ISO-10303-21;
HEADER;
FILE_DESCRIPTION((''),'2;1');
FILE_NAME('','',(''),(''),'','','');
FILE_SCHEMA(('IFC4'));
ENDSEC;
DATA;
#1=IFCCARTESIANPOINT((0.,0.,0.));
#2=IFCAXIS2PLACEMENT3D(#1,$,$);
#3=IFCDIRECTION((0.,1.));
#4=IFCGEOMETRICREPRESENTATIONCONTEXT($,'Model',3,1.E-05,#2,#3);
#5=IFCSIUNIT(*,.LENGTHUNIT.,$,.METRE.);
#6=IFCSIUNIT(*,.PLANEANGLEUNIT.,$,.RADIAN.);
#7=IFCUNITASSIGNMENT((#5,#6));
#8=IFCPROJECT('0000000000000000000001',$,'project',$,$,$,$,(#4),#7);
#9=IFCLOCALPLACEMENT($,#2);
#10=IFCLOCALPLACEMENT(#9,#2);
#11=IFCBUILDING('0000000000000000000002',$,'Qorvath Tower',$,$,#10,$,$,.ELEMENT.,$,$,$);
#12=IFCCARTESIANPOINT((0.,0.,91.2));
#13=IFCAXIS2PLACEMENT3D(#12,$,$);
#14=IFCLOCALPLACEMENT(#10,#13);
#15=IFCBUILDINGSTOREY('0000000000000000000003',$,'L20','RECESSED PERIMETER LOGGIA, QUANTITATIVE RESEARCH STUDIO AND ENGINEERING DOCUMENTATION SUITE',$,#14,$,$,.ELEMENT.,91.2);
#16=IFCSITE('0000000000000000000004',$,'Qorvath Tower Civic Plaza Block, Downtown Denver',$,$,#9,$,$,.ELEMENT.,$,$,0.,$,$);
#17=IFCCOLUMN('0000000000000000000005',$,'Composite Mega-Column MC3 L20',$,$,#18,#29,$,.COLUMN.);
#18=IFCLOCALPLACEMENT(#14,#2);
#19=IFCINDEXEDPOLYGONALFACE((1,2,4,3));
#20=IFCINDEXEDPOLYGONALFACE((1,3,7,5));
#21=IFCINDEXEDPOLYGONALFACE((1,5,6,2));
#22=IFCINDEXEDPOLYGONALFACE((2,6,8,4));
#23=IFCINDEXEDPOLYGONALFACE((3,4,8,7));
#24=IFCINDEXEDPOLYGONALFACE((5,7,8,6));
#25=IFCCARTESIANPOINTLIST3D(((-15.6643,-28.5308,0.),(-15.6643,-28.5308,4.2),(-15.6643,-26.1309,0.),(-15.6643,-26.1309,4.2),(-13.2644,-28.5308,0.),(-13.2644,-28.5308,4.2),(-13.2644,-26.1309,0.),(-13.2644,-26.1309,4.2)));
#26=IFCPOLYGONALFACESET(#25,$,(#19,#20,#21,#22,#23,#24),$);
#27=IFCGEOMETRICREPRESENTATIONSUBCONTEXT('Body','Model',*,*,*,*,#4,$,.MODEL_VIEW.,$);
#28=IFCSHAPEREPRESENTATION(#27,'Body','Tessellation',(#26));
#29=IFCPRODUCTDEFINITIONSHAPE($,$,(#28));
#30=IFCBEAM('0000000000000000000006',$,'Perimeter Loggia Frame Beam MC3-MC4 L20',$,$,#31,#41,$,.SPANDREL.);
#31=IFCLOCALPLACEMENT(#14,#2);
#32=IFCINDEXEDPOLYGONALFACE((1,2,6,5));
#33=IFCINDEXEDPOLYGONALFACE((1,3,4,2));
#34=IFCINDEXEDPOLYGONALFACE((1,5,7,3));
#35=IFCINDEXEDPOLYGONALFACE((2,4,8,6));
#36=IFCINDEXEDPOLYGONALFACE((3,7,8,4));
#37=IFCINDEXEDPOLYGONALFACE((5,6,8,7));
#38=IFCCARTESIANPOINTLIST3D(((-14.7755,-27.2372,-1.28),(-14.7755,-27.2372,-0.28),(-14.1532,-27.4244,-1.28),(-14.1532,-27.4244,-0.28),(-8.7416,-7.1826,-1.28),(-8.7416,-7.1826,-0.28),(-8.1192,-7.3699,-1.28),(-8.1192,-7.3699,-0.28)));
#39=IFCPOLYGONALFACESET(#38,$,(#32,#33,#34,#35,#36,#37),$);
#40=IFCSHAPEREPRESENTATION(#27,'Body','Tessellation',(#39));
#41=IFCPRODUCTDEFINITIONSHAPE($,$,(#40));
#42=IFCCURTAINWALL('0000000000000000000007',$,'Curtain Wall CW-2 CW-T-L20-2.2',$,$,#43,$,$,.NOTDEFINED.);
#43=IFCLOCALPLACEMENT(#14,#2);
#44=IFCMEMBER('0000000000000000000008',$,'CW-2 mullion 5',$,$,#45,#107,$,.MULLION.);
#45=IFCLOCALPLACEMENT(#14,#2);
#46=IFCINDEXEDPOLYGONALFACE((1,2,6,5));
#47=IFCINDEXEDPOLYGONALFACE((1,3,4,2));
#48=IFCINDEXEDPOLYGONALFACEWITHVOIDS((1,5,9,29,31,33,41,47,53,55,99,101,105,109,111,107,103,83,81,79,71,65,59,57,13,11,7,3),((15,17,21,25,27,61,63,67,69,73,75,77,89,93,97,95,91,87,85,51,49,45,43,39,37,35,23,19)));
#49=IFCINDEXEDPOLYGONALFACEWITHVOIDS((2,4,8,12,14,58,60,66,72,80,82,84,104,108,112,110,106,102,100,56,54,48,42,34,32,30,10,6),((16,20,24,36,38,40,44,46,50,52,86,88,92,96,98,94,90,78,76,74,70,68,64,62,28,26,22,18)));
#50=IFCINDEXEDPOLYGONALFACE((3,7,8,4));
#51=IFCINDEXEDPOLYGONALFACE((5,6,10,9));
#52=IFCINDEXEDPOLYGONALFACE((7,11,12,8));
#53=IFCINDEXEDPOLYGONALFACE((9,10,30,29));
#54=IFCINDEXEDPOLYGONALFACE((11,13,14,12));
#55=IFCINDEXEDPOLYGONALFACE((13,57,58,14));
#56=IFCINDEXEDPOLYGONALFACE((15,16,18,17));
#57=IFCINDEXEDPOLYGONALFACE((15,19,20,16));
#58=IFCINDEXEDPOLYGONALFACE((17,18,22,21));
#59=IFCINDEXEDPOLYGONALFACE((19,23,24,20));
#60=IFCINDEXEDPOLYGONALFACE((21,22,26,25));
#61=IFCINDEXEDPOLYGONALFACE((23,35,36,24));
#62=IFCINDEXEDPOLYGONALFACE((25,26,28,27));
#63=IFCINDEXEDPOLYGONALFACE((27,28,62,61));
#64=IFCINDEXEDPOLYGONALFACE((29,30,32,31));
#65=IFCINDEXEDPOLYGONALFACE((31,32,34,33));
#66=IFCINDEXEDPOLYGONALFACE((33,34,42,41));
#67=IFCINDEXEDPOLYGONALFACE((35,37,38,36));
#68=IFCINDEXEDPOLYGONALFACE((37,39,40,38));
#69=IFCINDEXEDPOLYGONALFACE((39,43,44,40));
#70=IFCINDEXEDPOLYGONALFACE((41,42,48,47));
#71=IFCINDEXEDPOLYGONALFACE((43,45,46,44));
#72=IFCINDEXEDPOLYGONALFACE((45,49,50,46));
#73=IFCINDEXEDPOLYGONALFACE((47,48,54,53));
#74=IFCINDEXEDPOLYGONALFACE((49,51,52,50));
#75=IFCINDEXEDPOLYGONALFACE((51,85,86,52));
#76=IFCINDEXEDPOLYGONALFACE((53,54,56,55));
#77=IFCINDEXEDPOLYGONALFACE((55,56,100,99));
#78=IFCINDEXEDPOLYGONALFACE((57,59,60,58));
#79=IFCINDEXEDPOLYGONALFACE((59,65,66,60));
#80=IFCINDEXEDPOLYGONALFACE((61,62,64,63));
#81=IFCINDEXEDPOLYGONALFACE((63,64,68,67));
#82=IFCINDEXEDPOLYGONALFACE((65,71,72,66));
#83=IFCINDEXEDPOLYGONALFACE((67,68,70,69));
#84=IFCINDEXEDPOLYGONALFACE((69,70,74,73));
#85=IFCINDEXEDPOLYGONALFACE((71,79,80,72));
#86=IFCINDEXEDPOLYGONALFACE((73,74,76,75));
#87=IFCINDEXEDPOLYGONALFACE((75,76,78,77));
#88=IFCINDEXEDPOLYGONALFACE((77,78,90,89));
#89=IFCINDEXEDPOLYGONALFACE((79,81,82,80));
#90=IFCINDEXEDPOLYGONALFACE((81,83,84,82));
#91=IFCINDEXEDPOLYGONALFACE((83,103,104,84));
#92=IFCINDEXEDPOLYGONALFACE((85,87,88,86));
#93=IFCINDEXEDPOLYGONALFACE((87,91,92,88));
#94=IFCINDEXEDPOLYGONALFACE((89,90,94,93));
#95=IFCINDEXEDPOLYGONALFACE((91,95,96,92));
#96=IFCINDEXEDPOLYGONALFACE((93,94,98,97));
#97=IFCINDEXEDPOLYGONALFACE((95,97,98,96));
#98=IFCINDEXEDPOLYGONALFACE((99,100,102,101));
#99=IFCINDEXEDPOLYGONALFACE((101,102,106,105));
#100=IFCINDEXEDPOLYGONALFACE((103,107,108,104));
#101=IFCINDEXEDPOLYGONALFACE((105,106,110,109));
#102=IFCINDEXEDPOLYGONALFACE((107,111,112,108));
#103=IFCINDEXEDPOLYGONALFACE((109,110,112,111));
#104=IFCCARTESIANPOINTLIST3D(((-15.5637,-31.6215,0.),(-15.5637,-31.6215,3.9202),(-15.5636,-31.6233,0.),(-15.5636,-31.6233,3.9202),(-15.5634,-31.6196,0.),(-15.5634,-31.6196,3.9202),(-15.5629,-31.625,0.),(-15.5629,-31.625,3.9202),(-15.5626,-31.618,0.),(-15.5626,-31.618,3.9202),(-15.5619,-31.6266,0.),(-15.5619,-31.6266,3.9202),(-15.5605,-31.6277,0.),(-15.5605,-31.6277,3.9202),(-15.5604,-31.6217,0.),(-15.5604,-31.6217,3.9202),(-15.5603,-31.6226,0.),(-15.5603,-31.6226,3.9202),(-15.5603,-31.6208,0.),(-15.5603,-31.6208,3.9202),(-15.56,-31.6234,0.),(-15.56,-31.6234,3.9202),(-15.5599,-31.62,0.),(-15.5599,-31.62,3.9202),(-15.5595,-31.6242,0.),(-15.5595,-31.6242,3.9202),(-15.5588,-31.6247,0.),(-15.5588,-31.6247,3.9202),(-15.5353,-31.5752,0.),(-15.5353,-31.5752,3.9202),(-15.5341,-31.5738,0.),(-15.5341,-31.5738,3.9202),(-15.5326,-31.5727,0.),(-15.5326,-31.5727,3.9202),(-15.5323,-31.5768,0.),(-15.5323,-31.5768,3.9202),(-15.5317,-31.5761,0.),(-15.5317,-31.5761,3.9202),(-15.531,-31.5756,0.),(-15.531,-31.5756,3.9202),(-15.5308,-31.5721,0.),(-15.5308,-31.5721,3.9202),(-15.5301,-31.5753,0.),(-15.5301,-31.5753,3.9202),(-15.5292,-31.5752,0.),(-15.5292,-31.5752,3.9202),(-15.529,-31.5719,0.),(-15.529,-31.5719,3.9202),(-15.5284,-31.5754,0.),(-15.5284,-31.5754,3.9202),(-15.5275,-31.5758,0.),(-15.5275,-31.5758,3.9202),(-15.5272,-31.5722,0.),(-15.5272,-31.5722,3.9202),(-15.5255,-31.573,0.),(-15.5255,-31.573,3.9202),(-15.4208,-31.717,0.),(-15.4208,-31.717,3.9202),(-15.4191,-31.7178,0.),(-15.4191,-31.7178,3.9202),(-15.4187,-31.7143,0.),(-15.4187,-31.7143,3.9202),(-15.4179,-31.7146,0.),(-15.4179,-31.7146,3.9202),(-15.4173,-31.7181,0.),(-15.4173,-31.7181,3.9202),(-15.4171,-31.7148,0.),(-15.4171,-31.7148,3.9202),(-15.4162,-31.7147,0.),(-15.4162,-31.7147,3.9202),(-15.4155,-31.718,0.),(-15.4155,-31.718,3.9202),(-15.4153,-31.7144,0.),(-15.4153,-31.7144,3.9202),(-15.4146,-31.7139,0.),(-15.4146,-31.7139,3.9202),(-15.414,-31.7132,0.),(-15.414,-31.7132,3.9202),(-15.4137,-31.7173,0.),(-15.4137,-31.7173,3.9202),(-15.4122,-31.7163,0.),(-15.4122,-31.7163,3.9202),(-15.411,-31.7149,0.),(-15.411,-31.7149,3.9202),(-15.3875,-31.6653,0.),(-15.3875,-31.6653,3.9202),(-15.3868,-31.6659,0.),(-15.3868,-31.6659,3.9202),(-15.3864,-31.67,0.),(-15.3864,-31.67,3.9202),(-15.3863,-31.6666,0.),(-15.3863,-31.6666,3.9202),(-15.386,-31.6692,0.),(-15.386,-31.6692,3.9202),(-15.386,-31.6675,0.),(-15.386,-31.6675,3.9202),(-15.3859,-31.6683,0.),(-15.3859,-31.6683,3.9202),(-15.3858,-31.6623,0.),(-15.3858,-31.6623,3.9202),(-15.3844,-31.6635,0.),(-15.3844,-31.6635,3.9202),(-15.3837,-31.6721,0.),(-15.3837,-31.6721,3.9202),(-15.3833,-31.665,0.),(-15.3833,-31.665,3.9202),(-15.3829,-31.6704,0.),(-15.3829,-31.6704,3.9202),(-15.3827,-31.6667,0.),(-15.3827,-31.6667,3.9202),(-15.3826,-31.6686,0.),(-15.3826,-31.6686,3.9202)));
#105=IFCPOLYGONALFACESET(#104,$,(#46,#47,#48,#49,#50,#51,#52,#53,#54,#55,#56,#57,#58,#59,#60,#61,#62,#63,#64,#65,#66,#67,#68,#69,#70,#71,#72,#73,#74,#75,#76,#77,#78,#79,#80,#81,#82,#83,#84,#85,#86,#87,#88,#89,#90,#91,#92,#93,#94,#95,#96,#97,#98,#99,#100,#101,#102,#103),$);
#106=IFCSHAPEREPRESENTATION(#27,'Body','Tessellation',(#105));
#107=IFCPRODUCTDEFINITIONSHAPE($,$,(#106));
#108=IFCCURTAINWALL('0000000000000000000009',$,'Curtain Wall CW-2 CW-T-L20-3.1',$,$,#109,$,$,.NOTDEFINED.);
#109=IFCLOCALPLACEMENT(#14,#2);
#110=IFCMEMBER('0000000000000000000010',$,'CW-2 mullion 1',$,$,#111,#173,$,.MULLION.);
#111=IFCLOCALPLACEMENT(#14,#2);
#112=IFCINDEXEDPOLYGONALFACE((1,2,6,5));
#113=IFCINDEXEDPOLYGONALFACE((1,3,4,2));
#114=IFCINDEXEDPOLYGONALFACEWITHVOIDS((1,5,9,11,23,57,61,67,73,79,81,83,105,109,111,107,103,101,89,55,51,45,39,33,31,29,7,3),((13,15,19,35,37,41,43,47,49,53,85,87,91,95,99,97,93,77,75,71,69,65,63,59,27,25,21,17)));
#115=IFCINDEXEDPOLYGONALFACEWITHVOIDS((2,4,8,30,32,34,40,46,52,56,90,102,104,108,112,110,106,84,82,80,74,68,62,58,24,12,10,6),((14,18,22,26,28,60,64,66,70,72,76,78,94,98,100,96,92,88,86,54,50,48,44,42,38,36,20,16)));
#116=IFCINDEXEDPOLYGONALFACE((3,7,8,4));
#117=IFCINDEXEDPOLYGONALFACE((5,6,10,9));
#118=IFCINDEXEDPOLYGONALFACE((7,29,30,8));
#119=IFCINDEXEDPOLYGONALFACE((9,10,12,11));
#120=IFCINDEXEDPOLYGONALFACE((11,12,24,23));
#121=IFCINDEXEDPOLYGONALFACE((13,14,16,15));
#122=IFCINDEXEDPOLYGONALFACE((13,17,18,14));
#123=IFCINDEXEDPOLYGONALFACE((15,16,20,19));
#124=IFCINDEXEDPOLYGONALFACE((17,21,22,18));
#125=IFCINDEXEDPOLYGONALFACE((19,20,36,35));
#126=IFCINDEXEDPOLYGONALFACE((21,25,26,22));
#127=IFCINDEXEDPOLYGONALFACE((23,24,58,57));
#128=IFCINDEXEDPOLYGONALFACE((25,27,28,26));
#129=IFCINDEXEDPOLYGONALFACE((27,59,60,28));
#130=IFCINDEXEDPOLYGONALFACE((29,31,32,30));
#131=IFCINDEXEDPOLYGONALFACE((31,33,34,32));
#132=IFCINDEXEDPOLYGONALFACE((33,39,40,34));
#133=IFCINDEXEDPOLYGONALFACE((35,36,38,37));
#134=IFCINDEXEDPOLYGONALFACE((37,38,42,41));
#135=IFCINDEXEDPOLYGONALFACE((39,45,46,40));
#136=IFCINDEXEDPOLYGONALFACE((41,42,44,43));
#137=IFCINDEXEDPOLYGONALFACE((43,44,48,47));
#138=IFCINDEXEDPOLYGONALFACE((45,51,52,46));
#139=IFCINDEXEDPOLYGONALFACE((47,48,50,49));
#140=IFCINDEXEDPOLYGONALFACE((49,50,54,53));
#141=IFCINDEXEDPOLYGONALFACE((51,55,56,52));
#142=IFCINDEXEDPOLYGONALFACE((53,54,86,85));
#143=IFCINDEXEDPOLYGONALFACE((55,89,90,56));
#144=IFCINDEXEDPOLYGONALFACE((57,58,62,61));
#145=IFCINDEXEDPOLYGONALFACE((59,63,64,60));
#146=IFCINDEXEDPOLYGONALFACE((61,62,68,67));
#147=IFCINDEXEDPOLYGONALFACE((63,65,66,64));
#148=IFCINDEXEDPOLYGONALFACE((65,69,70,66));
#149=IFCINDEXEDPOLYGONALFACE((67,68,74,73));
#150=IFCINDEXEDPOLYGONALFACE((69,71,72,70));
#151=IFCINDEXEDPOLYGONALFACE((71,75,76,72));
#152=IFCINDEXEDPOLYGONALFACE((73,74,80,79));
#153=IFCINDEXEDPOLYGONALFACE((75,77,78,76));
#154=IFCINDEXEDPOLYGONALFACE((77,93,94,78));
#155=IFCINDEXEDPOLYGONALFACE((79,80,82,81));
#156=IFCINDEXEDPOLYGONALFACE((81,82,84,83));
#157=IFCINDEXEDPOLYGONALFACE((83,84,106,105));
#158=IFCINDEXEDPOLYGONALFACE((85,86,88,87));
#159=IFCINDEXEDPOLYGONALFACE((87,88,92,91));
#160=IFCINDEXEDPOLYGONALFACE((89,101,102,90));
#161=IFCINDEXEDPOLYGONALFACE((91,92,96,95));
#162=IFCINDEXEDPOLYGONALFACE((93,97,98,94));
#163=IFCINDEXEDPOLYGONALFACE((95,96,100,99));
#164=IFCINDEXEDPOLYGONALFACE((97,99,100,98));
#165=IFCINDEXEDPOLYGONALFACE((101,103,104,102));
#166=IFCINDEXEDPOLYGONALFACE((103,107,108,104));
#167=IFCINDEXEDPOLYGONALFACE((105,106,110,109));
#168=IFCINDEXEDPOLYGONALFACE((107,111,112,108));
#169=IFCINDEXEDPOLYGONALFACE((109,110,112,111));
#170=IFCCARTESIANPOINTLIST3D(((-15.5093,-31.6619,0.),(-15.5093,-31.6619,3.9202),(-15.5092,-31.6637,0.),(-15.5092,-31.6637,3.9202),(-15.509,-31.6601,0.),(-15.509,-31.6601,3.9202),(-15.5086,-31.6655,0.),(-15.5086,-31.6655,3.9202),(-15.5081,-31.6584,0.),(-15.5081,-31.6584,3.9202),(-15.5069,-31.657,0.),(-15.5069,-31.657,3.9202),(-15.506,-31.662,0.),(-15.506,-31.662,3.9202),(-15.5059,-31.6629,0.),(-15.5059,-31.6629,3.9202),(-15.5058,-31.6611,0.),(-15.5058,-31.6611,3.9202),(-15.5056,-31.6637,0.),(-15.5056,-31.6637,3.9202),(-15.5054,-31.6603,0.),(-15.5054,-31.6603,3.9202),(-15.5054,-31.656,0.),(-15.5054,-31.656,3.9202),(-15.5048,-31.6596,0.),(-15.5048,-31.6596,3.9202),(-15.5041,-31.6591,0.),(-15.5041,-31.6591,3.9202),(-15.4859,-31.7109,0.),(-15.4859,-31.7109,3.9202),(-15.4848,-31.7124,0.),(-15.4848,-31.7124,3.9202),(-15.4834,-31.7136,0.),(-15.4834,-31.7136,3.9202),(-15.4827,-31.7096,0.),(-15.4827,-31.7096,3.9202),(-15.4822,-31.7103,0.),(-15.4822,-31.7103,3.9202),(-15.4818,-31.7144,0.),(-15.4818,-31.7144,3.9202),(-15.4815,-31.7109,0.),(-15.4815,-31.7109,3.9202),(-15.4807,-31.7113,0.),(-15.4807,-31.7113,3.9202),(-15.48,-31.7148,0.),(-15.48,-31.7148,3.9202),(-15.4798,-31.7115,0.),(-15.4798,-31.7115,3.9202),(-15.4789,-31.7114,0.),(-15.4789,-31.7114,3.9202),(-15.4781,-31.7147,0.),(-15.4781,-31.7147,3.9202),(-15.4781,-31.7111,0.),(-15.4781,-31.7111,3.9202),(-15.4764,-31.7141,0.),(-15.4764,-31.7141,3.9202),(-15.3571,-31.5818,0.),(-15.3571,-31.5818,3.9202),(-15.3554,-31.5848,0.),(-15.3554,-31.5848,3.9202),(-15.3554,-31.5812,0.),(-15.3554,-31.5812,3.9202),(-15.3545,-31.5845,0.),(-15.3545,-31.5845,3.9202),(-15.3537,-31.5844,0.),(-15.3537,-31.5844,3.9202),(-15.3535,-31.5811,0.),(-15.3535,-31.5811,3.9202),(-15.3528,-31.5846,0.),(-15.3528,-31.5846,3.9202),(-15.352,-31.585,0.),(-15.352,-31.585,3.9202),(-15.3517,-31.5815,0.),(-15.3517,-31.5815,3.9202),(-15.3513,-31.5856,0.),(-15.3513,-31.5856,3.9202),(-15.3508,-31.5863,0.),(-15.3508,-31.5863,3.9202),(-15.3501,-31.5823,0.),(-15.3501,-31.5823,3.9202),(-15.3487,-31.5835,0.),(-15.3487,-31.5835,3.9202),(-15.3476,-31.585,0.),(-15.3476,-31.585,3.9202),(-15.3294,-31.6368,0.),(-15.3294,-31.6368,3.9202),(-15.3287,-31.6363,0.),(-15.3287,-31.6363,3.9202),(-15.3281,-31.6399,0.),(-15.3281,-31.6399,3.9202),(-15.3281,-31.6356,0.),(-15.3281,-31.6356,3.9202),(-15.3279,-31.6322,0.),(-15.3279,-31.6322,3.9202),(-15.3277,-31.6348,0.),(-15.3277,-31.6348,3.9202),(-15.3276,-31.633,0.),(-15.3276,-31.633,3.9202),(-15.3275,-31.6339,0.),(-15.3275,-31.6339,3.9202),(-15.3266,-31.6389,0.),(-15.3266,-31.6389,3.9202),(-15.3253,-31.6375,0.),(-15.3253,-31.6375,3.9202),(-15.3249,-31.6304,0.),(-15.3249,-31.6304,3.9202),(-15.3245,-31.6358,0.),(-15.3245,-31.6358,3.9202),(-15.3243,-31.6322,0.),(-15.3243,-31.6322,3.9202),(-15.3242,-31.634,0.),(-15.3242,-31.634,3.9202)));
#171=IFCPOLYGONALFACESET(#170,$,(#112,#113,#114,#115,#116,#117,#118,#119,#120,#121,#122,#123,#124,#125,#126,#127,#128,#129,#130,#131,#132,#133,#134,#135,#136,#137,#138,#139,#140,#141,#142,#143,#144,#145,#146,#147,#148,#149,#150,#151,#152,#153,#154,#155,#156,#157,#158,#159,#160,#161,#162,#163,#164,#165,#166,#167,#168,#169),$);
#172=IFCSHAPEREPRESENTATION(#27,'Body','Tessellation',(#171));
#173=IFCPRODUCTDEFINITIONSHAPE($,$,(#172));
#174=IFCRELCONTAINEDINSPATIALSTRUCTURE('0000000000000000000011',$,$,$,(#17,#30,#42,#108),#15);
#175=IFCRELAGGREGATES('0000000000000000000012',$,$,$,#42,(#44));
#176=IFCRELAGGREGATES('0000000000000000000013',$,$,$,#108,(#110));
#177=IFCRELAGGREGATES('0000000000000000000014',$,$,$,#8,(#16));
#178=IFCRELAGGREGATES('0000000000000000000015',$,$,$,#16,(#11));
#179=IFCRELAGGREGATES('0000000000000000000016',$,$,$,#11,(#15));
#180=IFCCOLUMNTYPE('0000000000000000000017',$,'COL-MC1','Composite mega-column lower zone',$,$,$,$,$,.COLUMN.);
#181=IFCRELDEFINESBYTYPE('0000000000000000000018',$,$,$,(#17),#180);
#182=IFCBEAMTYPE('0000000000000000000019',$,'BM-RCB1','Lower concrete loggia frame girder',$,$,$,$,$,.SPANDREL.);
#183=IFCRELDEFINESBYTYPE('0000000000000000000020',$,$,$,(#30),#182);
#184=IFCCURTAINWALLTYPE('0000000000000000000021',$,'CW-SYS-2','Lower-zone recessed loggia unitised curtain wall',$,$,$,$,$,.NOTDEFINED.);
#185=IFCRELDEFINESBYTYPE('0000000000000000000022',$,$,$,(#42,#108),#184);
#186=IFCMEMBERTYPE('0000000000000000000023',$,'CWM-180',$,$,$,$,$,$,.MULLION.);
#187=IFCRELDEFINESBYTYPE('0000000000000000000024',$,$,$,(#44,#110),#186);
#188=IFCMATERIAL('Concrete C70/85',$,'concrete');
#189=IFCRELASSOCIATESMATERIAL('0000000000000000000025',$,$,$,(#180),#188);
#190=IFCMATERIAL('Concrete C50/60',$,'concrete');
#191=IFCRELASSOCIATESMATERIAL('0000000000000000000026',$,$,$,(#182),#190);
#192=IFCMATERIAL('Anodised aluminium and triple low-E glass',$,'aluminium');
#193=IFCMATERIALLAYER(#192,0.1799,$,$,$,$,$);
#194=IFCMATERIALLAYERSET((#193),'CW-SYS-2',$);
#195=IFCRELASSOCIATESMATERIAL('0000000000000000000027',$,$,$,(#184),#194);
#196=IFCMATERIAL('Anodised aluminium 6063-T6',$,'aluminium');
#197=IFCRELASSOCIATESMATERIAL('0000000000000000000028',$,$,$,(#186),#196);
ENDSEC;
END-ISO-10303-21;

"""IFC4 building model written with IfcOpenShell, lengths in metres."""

from ifc_helpers import new_model, si_unit, direction, frame, origin, origin_2d, place, context, subcontext, project, spatial, rectangle, hollow_rectangle, extrude, material, layer, layer_set, material_profile, profile_set, type_object, element, aggregate, save


model = new_model("IFC4")

# Units and contexts
model_context = context("Model", 3, precision=1e-05, world=origin(), true_north=direction((0.0, 1.0)))
body_context = subcontext(model_context, "Body", "Model", "MODEL_VIEW")
ifc_project = project(units=[si_unit("LENGTHUNIT", "METRE"), si_unit("PLANEANGLEUNIT", "RADIAN")], contexts=[model_context])

# Site, building, storey
site_placement = place(None, origin())
site = spatial("IfcSite", under=ifc_project, at=site_placement, Name="Qorvath Tower Civic Plaza Block, Downtown Denver", CompositionType="ELEMENT", RefElevation=0.0)
building_placement = place(site_placement, origin())
building = spatial("IfcBuilding", under=site, at=building_placement, Name="Qorvath Tower", CompositionType="ELEMENT")
storey_placement = place(building_placement, frame((0.0, 0.0, 91.2)))
storey = spatial("IfcBuildingStorey", under=building, at=storey_placement, Name="L20", Description="RECESSED PERIMETER LOGGIA, QUANTITATIVE RESEARCH STUDIO AND ENGINEERING DOCUMENTATION SUITE", CompositionType="ELEMENT", Elevation=91.2)

# Column
ifc_material_1 = material(Name="Concrete C70/85", Category="concrete")
ifc_material_profile_1 = material_profile(ifc_material_1, rectangle(XDim=2.3999, YDim=2.3999, at=origin_2d()), Name="MC 2400x2400")
ifc_profile_set_1 = profile_set([ifc_material_profile_1], Name="Concrete C70/85")
column_type = type_object("IfcColumnType", Name="COL-MC1", Description="Composite mega-column lower zone", PredefinedType="COLUMN", material=ifc_profile_set_1)
column_placement = place(storey_placement, frame((-14.4644, -27.3308, 0.0), z_axis=(0.0, 0.0, 1.0), x_axis=(1.0, 0.0, 0.0)))
element("IfcColumn", 1, at=column_placement, inside=storey, type_object=column_type, Name="Composite Mega-Column MC3 L20", PredefinedType="COLUMN", context=body_context, shape_type="SweptSolid", body=[
    extrude(rectangle(XDim=2.3999, YDim=2.3999, at=origin_2d()), origin(), (0.0, 0.0, 1.0), 4.2),
])

# Beam
ifc_material_2 = material(Name="Concrete C50/60", Category="concrete")
ifc_material_profile_2 = material_profile(ifc_material_2, rectangle(XDim=0.6499, YDim=1.0, at=origin_2d()), Name="RCB 1000x650")
ifc_profile_set_2 = profile_set([ifc_material_profile_2], Name="Concrete C50/60")
beam_type = type_object("IfcBeamType", Name="BM-RCB1", Description="Lower concrete loggia frame girder", PredefinedType="SPANDREL", material=ifc_profile_set_2)
beam_placement = place(storey_placement, frame((-14.4644, -27.3308, -0.78), z_axis=(0.288119, 0.957595, 0.0), x_axis=(-0.957595, 0.288119, 0.0)))
element("IfcBeam", 2, at=beam_placement, inside=storey, type_object=beam_type, Name="Perimeter Loggia Frame Beam MC3-MC4 L20", PredefinedType="SPANDREL", context=body_context, shape_type="SweptSolid", body=[
    extrude(rectangle(XDim=0.6499, YDim=1.0, at=origin_2d()), origin(), (0.0, 0.0, 1.0), 20.9426),
])

# Curtain wall, member
ifc_material_3 = material(Name="Anodised aluminium and triple low-E glass", Category="aluminium")
ifc_layer_1 = layer(ifc_material_3, 0.1799)
ifc_layer_set_1 = layer_set([ifc_layer_1], Name="CW-SYS-2")
curtain_wall_type = type_object("IfcCurtainWallType", Name="CW-SYS-2", Description="Lower-zone recessed loggia unitised curtain wall", PredefinedType="NOTDEFINED", material=ifc_layer_set_1)
curtain_wall_1_placement = place(storey_placement, origin())
curtain_wall_1 = element("IfcCurtainWall", 3, at=curtain_wall_1_placement, inside=storey, type_object=curtain_wall_type, Name="Curtain Wall CW-2 CW-T-L20-2.2", PredefinedType="NOTDEFINED")
ifc_material_4 = material(Name="Anodised aluminium 6063-T6", Category="aluminium")
ifc_material_profile_3 = material_profile(ifc_material_4, hollow_rectangle(XDim=0.0649, YDim=0.1799, WallThickness=0.0034, InnerFilletRadius=0.0034, OuterFilletRadius=0.0071, at=origin_2d()), Name="CWM 180x65")
ifc_profile_set_3 = profile_set([ifc_material_profile_3], Name="Anodised aluminium 6063-T6")
member_type_1 = type_object("IfcMemberType", Name="CWM-180", PredefinedType="MULLION", material=ifc_profile_set_3)
member_1_placement = place(storey_placement, frame((-15.4731, -31.645, 0.0), z_axis=(0.0, 0.0, 1.0), x_axis=(0.538539, 0.842601, 0.0)))
member_1 = element("IfcMember", 4, at=member_1_placement, type_object=member_type_1, Name="CW-2 mullion 5", PredefinedType="MULLION", context=body_context, shape_type="SweptSolid", body=[
    extrude(hollow_rectangle(XDim=0.0649, YDim=0.1799, WallThickness=0.0034, InnerFilletRadius=0.0034, OuterFilletRadius=0.0071, at=origin_2d()), origin(), (0.0, 0.0, 1.0), 3.9202),
])

# Curtain wall, member
curtain_wall_2_placement = place(storey_placement, origin())
curtain_wall_2 = element("IfcCurtainWall", 5, at=curtain_wall_2_placement, inside=storey, type_object=curtain_wall_type, Name="Curtain Wall CW-2 CW-T-L20-3.1", PredefinedType="NOTDEFINED")
member_2_placement = place(storey_placement, frame((-15.4167, -31.6479, 0.0), z_axis=(0.0, 0.0, 1.0), x_axis=(-0.447245, 0.894411, 0.0)))
member_2 = element("IfcMember", 6, at=member_2_placement, type_object=member_type_1, Name="CW-2 mullion 1", PredefinedType="MULLION", context=body_context, shape_type="SweptSolid", body=[
    extrude(hollow_rectangle(XDim=0.0649, YDim=0.1799, WallThickness=0.0034, InnerFilletRadius=0.0034, OuterFilletRadius=0.0071, at=origin_2d()), origin(), (0.0, 0.0, 1.0), 3.9202),
])

aggregate(curtain_wall_1, [member_1])
aggregate(curtain_wall_2, [member_2])

save(model, "model.ifc")
